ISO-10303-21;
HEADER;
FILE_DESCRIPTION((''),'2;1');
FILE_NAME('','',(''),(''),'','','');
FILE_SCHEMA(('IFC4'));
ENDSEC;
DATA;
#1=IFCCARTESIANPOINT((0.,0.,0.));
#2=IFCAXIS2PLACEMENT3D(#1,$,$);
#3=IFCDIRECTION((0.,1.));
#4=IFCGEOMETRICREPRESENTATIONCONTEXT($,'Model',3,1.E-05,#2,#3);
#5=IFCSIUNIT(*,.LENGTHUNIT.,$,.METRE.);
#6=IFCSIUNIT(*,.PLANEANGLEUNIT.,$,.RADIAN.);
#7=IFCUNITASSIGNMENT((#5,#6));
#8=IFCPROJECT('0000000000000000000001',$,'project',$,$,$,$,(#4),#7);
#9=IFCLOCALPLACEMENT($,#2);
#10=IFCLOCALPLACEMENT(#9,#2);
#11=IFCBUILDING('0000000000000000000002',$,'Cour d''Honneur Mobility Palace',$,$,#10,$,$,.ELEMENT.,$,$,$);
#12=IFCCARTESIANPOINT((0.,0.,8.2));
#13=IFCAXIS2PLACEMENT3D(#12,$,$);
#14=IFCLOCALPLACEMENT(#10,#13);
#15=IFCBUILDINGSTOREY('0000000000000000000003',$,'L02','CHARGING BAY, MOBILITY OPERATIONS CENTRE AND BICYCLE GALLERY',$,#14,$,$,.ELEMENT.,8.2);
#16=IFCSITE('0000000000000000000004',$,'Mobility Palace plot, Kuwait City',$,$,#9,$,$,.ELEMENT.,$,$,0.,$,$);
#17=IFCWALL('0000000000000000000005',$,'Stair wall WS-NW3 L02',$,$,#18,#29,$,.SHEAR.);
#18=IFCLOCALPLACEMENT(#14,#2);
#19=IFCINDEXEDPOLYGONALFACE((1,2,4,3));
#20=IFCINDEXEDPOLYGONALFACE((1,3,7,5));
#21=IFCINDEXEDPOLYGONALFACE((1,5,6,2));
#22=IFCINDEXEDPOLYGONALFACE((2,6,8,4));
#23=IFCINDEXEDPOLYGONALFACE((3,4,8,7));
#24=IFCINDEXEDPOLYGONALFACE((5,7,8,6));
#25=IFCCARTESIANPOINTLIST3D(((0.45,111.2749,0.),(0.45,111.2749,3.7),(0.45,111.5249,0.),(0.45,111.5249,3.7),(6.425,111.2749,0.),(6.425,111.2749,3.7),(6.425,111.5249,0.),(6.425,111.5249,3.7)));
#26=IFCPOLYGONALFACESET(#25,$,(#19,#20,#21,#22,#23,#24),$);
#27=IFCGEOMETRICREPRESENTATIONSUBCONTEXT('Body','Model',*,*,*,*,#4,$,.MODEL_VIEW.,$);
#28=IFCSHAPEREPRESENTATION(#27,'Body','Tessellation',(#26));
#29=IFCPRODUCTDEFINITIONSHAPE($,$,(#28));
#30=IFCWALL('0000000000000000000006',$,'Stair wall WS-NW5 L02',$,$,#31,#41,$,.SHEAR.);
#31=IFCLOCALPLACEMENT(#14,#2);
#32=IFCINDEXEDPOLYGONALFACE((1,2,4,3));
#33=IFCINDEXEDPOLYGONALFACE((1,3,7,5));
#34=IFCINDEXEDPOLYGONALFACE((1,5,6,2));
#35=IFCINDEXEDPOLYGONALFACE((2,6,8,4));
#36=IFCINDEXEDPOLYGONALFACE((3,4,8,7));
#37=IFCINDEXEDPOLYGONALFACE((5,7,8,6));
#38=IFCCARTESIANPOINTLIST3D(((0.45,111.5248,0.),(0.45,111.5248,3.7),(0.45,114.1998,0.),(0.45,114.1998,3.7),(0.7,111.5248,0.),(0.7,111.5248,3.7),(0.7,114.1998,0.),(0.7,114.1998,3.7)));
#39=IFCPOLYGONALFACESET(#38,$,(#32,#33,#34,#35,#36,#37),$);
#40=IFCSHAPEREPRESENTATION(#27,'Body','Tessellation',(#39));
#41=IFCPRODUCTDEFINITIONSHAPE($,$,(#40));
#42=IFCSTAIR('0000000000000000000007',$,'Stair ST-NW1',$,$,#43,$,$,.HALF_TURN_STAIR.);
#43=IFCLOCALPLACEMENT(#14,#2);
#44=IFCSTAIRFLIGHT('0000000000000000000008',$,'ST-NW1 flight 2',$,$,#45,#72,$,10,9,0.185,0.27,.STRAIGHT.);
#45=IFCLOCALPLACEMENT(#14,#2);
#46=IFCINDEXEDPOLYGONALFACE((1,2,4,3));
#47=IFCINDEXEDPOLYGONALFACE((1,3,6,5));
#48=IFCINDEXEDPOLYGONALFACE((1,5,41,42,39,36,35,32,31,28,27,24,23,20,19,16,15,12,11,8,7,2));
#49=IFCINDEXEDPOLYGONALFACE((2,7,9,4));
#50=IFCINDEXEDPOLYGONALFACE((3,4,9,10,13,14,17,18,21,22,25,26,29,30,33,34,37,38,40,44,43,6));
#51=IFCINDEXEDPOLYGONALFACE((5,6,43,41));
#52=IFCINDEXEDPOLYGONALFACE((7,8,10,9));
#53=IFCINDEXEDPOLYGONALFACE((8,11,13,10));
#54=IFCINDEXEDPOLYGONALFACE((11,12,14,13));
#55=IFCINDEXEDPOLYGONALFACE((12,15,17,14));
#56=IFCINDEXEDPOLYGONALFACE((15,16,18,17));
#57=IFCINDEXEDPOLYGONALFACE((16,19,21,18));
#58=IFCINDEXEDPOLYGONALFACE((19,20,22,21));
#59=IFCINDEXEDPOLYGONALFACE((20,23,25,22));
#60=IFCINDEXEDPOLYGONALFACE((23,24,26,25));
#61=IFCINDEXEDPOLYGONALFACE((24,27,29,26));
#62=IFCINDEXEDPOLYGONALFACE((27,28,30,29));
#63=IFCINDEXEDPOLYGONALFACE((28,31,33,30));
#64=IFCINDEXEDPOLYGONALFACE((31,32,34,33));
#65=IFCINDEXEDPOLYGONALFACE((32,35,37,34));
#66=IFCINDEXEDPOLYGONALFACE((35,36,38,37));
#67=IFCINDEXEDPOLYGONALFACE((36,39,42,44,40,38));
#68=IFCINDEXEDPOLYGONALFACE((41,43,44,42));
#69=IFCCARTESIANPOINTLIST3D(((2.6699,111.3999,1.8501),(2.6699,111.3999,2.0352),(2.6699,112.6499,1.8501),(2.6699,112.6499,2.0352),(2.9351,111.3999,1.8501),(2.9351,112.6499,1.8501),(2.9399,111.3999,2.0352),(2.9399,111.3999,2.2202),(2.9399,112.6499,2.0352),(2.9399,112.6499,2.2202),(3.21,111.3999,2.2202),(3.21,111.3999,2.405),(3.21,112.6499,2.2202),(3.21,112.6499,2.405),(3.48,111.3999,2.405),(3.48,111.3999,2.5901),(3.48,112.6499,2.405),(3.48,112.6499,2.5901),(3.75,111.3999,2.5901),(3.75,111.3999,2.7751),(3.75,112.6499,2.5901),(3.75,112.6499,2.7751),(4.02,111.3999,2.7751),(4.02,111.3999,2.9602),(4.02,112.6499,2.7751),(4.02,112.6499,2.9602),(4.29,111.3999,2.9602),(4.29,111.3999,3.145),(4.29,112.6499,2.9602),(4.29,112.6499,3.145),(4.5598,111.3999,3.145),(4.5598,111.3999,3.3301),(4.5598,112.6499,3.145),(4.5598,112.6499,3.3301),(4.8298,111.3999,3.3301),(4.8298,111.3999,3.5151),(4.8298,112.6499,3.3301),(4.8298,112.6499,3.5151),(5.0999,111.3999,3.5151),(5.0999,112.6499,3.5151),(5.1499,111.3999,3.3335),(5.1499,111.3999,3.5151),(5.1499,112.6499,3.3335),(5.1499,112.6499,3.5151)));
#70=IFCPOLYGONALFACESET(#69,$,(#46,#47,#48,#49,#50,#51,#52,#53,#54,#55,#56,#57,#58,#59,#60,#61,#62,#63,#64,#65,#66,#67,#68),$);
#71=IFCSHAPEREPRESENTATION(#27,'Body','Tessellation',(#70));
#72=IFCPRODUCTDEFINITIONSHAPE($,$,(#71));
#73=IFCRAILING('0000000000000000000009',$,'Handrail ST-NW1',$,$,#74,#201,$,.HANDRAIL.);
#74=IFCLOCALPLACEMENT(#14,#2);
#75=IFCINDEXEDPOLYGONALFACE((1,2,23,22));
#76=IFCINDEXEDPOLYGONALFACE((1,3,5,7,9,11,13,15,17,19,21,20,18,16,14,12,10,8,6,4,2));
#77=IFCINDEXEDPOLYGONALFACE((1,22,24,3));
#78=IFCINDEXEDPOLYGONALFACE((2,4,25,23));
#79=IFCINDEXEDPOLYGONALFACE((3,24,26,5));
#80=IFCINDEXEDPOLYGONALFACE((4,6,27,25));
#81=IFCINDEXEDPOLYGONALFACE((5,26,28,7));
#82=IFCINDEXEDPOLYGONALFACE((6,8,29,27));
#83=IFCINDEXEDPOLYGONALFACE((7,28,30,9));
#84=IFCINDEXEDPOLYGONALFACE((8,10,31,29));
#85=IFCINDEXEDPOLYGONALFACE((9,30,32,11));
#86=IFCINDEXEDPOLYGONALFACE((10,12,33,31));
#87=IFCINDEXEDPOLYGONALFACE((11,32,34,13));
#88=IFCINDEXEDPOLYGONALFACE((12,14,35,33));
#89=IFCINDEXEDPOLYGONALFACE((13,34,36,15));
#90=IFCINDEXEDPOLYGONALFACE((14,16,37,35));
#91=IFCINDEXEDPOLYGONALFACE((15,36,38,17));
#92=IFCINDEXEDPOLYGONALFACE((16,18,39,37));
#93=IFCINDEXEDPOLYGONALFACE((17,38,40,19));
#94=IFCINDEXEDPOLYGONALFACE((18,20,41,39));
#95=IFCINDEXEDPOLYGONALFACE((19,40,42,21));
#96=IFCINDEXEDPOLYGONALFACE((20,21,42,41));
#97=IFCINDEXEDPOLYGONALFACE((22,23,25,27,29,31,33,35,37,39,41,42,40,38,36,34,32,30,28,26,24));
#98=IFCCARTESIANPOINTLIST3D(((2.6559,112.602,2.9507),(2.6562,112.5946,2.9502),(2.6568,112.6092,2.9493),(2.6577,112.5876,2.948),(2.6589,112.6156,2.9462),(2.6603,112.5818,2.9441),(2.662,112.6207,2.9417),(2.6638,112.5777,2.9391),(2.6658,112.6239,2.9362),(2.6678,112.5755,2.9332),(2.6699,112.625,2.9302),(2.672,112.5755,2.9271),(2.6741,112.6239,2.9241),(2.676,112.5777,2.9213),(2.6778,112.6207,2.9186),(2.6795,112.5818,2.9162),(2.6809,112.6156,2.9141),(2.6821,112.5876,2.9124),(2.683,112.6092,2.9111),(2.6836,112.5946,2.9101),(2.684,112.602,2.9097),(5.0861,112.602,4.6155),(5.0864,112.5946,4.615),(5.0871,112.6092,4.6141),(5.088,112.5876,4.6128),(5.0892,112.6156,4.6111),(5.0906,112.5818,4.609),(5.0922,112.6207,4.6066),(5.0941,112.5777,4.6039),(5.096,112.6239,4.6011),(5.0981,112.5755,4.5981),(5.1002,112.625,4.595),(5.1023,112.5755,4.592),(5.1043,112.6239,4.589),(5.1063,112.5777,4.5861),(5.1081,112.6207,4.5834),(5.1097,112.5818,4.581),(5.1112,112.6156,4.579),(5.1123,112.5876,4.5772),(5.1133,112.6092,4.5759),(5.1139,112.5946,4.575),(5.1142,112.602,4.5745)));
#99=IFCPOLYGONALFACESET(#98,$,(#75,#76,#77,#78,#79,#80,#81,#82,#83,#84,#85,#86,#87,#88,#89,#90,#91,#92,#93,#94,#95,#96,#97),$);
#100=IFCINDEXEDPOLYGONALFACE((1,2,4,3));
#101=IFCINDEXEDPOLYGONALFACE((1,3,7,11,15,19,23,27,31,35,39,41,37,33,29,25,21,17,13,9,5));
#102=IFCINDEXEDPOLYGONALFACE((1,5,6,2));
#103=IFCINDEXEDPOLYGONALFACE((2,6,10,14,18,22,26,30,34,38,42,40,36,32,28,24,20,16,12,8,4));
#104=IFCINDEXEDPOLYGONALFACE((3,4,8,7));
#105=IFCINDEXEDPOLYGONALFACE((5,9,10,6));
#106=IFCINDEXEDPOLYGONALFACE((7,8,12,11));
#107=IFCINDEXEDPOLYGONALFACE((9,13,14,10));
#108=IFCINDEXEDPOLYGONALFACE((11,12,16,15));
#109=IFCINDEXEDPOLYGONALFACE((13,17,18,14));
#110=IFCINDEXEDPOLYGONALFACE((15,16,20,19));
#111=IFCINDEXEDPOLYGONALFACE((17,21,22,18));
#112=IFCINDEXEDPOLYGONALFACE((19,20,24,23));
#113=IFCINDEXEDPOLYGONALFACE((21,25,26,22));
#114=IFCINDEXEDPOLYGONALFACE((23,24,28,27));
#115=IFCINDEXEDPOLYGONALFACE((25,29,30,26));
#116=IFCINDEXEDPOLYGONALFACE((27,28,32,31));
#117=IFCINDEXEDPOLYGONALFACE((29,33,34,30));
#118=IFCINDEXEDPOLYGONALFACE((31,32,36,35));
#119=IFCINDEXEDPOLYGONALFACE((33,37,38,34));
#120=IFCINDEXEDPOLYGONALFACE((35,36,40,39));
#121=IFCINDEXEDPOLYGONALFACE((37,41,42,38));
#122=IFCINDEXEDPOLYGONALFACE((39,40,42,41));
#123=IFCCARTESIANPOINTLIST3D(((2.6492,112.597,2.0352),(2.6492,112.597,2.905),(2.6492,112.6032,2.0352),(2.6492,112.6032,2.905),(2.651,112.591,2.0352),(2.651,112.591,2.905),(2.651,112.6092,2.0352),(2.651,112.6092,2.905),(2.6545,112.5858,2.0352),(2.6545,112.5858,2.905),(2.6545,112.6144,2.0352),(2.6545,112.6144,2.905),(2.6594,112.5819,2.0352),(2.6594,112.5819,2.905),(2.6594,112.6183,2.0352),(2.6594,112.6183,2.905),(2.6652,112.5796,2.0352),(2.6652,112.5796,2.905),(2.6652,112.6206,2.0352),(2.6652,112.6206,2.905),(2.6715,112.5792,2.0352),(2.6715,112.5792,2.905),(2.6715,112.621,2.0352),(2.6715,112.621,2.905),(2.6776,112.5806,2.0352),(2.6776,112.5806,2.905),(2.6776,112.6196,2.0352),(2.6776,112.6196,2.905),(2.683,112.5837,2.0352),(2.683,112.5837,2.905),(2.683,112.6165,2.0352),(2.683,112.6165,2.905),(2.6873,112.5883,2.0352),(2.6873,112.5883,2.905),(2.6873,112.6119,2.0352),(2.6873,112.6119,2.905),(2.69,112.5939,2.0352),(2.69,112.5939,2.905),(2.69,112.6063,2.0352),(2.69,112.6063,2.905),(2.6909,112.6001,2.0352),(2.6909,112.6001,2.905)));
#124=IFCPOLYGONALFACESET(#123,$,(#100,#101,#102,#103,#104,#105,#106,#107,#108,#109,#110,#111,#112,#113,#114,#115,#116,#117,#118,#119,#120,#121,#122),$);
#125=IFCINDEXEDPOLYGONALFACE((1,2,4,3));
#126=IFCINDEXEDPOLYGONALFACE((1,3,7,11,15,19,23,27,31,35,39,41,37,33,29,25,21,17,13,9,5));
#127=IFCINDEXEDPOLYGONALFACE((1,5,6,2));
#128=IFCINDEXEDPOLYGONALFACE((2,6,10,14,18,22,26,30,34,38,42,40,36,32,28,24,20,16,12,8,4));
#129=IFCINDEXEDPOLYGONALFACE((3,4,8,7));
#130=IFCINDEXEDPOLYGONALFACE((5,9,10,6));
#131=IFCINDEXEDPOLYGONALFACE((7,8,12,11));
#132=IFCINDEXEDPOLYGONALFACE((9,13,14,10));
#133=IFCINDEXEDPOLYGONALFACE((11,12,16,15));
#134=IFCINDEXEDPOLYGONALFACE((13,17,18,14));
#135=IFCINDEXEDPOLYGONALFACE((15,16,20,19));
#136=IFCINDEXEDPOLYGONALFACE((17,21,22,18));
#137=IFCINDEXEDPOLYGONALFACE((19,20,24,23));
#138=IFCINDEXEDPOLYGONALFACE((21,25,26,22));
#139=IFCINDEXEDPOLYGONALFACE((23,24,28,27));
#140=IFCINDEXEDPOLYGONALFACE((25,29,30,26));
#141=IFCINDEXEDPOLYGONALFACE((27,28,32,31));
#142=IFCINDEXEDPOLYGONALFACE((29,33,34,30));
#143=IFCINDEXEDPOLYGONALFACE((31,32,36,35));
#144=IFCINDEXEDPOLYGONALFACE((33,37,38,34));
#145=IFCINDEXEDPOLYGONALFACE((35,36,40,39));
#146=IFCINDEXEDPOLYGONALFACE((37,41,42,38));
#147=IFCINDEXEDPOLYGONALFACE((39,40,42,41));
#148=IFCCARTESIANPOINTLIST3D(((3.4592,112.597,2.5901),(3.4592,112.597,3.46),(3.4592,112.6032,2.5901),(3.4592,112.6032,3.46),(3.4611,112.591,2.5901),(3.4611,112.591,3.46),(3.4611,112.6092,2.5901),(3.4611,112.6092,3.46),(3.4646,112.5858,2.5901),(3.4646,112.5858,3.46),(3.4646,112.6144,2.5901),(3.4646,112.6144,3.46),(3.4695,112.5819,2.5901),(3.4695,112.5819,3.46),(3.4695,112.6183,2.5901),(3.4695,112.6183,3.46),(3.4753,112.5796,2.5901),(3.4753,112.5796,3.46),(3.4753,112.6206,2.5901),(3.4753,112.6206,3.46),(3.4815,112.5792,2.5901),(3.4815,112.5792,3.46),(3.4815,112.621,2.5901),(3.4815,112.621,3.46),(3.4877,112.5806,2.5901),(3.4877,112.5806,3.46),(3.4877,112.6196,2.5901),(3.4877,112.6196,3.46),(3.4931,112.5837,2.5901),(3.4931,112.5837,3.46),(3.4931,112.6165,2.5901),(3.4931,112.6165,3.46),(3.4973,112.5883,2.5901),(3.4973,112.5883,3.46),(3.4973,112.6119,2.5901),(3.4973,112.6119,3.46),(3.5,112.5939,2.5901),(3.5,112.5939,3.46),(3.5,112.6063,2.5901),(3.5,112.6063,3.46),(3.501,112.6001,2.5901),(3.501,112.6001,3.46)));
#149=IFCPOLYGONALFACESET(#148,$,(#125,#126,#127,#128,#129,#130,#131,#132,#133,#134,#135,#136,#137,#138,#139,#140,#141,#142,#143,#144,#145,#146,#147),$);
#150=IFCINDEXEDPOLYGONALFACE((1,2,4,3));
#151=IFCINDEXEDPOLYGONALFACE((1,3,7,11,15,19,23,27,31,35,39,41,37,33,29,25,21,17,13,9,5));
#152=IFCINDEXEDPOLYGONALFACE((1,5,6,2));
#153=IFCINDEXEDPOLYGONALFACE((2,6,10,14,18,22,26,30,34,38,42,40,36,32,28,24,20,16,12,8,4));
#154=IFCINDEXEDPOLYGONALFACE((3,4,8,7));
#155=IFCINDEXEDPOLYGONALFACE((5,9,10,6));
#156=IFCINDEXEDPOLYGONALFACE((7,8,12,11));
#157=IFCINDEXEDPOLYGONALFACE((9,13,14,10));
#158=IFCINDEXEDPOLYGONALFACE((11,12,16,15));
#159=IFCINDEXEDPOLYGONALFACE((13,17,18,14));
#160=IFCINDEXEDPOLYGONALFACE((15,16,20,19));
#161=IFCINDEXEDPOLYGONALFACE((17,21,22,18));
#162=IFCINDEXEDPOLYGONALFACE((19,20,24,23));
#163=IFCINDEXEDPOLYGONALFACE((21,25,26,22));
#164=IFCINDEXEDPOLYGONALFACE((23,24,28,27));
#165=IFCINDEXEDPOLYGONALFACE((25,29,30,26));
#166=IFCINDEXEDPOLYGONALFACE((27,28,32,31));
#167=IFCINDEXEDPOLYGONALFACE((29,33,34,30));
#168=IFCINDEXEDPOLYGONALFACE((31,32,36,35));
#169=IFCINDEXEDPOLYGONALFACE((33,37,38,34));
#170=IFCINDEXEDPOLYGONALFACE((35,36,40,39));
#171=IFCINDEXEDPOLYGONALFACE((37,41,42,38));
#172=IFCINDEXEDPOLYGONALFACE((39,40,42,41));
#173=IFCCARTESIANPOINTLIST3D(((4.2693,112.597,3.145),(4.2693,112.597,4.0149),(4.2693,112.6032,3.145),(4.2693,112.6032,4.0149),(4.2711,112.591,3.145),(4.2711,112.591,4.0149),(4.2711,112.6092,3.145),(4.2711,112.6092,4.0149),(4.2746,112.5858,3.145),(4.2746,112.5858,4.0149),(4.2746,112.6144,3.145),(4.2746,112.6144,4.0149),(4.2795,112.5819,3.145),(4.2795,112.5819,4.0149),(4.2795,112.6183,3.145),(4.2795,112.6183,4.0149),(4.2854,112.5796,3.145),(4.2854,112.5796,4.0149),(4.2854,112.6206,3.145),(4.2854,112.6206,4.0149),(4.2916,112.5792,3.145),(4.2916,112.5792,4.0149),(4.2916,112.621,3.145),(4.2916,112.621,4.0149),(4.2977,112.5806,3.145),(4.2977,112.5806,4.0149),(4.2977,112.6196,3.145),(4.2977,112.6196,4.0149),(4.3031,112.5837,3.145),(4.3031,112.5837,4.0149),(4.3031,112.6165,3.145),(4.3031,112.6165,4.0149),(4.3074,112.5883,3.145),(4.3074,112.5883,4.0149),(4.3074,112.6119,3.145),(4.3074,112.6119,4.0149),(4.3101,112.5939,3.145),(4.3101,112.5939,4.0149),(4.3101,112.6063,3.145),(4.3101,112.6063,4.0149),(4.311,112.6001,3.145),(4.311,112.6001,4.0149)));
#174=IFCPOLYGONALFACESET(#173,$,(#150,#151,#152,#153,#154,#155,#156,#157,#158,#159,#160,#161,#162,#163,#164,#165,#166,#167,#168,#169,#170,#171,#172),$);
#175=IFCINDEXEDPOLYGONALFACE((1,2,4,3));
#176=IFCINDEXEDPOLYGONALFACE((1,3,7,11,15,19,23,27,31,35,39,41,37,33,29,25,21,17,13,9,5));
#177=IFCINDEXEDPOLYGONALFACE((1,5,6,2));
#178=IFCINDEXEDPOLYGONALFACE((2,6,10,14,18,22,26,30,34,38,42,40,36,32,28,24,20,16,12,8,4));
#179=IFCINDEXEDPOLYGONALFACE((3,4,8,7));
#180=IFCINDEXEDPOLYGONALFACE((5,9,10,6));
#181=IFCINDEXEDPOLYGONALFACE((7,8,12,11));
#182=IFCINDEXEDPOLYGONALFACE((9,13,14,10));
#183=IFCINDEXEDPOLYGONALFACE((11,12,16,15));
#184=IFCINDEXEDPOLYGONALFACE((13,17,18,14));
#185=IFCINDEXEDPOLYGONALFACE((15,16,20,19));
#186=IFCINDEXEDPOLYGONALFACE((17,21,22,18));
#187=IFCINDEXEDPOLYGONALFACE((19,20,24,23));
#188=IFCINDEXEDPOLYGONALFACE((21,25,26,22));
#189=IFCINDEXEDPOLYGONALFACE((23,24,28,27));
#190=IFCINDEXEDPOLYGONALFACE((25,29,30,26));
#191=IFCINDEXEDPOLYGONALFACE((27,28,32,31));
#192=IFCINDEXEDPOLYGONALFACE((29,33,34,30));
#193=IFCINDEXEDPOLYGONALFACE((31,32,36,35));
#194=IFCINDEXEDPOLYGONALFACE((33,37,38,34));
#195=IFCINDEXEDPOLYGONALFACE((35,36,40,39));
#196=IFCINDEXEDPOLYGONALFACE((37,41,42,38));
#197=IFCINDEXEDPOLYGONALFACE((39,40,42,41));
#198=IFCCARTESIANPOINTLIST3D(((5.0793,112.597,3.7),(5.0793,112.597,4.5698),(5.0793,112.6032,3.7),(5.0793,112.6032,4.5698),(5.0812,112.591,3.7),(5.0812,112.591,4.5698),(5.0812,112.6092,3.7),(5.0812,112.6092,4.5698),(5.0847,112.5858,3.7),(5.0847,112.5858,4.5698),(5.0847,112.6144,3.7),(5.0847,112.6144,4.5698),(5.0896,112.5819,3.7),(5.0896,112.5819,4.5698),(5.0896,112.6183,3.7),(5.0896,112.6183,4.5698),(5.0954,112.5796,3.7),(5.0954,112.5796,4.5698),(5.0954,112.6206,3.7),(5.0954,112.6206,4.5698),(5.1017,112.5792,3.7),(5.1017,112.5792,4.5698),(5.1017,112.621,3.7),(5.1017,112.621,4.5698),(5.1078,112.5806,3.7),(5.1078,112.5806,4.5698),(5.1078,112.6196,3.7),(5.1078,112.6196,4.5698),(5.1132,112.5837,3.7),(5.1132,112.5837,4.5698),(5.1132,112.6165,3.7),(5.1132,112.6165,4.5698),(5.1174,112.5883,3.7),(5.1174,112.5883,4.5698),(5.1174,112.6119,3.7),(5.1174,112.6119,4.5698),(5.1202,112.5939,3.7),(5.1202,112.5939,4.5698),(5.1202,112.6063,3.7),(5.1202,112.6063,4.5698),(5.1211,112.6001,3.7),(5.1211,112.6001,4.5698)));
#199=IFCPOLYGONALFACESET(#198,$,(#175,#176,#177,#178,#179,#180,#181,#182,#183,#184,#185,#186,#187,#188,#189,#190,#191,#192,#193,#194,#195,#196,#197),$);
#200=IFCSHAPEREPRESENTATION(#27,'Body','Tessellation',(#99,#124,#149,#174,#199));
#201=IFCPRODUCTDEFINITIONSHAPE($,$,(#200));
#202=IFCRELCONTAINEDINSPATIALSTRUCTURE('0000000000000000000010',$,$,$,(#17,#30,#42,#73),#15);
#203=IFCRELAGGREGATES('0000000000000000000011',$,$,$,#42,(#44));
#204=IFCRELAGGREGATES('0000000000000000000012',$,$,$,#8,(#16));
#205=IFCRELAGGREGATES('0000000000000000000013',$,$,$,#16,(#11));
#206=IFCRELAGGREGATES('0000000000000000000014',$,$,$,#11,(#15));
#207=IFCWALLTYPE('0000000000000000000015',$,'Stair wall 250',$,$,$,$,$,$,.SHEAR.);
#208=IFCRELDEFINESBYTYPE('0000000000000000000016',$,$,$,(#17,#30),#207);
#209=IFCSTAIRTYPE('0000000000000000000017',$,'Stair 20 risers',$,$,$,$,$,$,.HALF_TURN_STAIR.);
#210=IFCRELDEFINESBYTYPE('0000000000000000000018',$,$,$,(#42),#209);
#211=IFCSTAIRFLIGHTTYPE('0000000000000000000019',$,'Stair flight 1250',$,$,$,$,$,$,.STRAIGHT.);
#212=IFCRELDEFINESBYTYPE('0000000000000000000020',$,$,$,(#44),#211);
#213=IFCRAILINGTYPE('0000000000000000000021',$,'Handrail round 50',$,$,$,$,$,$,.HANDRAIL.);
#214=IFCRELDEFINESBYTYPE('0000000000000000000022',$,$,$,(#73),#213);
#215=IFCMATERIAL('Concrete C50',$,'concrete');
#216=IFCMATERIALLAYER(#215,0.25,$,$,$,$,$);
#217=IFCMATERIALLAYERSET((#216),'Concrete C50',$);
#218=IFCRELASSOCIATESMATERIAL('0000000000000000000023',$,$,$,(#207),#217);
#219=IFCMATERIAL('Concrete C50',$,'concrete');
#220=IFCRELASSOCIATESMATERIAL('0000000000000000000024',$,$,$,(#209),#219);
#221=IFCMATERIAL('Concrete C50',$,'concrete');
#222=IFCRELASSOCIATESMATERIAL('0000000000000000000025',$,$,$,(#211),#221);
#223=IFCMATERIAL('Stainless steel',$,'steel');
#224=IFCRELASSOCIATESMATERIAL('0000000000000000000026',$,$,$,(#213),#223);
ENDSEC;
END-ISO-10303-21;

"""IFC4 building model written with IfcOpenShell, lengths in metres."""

from ifc_helpers import new_model, si_unit, direction, frame, frame_2d, origin, origin_2d, place, context, subcontext, project, spatial, polyline, rectangle, circle, outline, extrude, material, layer, layer_set, type_object, element, aggregate, save


model = new_model("IFC4")

# Units and contexts
model_context = context("Model", 3, precision=1e-05, world=origin(), true_north=direction((0.0, 1.0)))
body_context = subcontext(model_context, "Body", "Model", "MODEL_VIEW")
ifc_project = project(units=[si_unit("LENGTHUNIT", "METRE"), si_unit("PLANEANGLEUNIT", "RADIAN")], contexts=[model_context])

# Site, building, storey
site_placement = place(None, origin())
site = spatial("IfcSite", under=ifc_project, at=site_placement, Name="Mobility Palace plot, Kuwait City", CompositionType="ELEMENT", RefElevation=0.0)
building_placement = place(site_placement, origin())
building = spatial("IfcBuilding", under=site, at=building_placement, Name="Cour d'Honneur Mobility Palace", CompositionType="ELEMENT")
storey_placement = place(building_placement, frame((0.0, 0.0, 8.2)))
storey = spatial("IfcBuildingStorey", under=building, at=storey_placement, Name="L02", Description="CHARGING BAY, MOBILITY OPERATIONS CENTRE AND BICYCLE GALLERY", CompositionType="ELEMENT", Elevation=8.2)

# Walls
ifc_material_1 = material(Name="Concrete C50", Category="concrete")
ifc_layer_1 = layer(ifc_material_1, 0.25)
ifc_layer_set_1 = layer_set([ifc_layer_1], Name="Concrete C50")
wall_type_1 = type_object("IfcWallType", Name="Stair wall 250", PredefinedType="SHEAR", material=ifc_layer_set_1)
wall_1_placement = place(storey_placement, frame((0.45, 111.3999, 0.0), z_axis=(0.0, 0.0, 1.0), x_axis=(1.0, 0.0, 0.0)))
element("IfcWall", 1, at=wall_1_placement, inside=storey, type_object=wall_type_1, Name="Stair wall WS-NW3 L02", PredefinedType="SHEAR", context=body_context, shape_type="SweptSolid", body=[
    extrude(rectangle(XDim=5.9751, YDim=0.25, at=frame_2d((2.9875, 0.0))), origin(), (0.0, 0.0, 1.0), 3.7),
])
wall_2_placement = place(storey_placement, frame((0.575, 111.5249, 0.0), z_axis=(0.0, 0.0, 1.0), x_axis=(0.0, 1.0, 0.0)))
element("IfcWall", 2, at=wall_2_placement, inside=storey, type_object=wall_type_1, Name="Stair wall WS-NW5 L02", PredefinedType="SHEAR", context=body_context, shape_type="SweptSolid", body=[
    extrude(rectangle(XDim=2.675, YDim=0.25, at=frame_2d((1.3374, 0.0))), origin(), (0.0, 0.0, 1.0), 3.7),
])

# Stair, stair flight
ifc_material_2 = material(Name="Concrete C50", Category="concrete")
stair_type = type_object("IfcStairType", Name="Stair 20 risers", PredefinedType="HALF_TURN_STAIR", material=ifc_material_2)
stair_placement = place(storey_placement, origin())
stair = element("IfcStair", 3, at=stair_placement, inside=storey, type_object=stair_type, Name="Stair ST-NW1", PredefinedType="HALF_TURN_STAIR")
ifc_material_3 = material(Name="Concrete C50", Category="concrete")
stair_flight_type = type_object("IfcStairFlightType", Name="Stair flight 1250", PredefinedType="STRAIGHT", material=ifc_material_3)
stair_flight_placement = place(storey_placement, frame((2.6699, 112.0249, 1.8501), z_axis=(0.0, 0.0, 1.0), x_axis=(1.0, 0.0, 0.0)))
stair_flight = element("IfcStairFlight", 4, at=stair_flight_placement, type_object=stair_flight_type, Name="ST-NW1 flight 2", NumberOfRisers=10, NumberOfTreads=9, PredefinedType="STRAIGHT", RiserHeight=0.185, TreadLength=0.27, context=body_context, shape_type="SweptSolid", body=[
    extrude(outline(polyline([(0.0, 0.0), (0.0, 0.1851), (0.27, 0.1851), (0.27, 0.3701), (0.54, 0.3701), (0.54, 0.5549), (0.8101, 0.5549), (0.8101, 0.74), (1.0801, 0.74), (1.0801, 0.925), (1.3501, 0.925), (1.3501, 1.1101), (1.6201, 1.1101), (1.6201, 1.2949), (1.8899, 1.2949), (1.8899, 1.48), (2.1599, 1.48), (2.1599, 1.665), (2.4299, 1.665), (2.48, 1.665), (2.48, 1.4834), (0.2651, 0.0), (0.0, 0.0)])), frame((0.0, 0.625, 0.0), z_axis=(0.0, -1.0, 0.0), x_axis=(1.0, 0.0, 0.0)), (0.0, 0.0, 1.0), 1.25),
])
aggregate(stair, [stair_flight])

# Railing
ifc_material_4 = material(Name="Stainless steel", Category="steel")
railing_type = type_object("IfcRailingType", Name="Handrail round 50", PredefinedType="HANDRAIL", material=ifc_material_4)
for number, where, name in (
    (5, (2.6699, 112.6001, 2.0352), "Handrail ST-NW1"),
):
    element("IfcRailing", number, at=place(storey_placement, frame(where)), inside=storey, type_object=railing_type, Name=name, PredefinedType="HANDRAIL", context=body_context, shape_type="SweptSolid", body=[
        extrude(circle(Radius=0.0249, at=origin_2d()), frame((0.0, 0.0, 0.895), z_axis=(0.824984, 0.0, 0.565156), x_axis=(0.0, 1.0, 0.0)), (0.0, 0.0, 1.0), 2.9458),
        extrude(circle(Radius=0.021, at=origin_2d()), origin(), (0.0, 0.0, 1.0), 0.8699),
        extrude(circle(Radius=0.021, at=origin_2d()), frame((0.8101, 0.0, 0.5549)), (0.0, 0.0, 1.0), 0.8699),
        extrude(circle(Radius=0.021, at=origin_2d()), frame((1.6201, 0.0, 1.1099)), (0.0, 0.0, 1.0), 0.8699),
        extrude(circle(Radius=0.021, at=origin_2d()), frame((2.4302, 0.0, 1.6648)), (0.0, 0.0, 1.0), 0.8699),
    ])

save(model, "model.ifc")
